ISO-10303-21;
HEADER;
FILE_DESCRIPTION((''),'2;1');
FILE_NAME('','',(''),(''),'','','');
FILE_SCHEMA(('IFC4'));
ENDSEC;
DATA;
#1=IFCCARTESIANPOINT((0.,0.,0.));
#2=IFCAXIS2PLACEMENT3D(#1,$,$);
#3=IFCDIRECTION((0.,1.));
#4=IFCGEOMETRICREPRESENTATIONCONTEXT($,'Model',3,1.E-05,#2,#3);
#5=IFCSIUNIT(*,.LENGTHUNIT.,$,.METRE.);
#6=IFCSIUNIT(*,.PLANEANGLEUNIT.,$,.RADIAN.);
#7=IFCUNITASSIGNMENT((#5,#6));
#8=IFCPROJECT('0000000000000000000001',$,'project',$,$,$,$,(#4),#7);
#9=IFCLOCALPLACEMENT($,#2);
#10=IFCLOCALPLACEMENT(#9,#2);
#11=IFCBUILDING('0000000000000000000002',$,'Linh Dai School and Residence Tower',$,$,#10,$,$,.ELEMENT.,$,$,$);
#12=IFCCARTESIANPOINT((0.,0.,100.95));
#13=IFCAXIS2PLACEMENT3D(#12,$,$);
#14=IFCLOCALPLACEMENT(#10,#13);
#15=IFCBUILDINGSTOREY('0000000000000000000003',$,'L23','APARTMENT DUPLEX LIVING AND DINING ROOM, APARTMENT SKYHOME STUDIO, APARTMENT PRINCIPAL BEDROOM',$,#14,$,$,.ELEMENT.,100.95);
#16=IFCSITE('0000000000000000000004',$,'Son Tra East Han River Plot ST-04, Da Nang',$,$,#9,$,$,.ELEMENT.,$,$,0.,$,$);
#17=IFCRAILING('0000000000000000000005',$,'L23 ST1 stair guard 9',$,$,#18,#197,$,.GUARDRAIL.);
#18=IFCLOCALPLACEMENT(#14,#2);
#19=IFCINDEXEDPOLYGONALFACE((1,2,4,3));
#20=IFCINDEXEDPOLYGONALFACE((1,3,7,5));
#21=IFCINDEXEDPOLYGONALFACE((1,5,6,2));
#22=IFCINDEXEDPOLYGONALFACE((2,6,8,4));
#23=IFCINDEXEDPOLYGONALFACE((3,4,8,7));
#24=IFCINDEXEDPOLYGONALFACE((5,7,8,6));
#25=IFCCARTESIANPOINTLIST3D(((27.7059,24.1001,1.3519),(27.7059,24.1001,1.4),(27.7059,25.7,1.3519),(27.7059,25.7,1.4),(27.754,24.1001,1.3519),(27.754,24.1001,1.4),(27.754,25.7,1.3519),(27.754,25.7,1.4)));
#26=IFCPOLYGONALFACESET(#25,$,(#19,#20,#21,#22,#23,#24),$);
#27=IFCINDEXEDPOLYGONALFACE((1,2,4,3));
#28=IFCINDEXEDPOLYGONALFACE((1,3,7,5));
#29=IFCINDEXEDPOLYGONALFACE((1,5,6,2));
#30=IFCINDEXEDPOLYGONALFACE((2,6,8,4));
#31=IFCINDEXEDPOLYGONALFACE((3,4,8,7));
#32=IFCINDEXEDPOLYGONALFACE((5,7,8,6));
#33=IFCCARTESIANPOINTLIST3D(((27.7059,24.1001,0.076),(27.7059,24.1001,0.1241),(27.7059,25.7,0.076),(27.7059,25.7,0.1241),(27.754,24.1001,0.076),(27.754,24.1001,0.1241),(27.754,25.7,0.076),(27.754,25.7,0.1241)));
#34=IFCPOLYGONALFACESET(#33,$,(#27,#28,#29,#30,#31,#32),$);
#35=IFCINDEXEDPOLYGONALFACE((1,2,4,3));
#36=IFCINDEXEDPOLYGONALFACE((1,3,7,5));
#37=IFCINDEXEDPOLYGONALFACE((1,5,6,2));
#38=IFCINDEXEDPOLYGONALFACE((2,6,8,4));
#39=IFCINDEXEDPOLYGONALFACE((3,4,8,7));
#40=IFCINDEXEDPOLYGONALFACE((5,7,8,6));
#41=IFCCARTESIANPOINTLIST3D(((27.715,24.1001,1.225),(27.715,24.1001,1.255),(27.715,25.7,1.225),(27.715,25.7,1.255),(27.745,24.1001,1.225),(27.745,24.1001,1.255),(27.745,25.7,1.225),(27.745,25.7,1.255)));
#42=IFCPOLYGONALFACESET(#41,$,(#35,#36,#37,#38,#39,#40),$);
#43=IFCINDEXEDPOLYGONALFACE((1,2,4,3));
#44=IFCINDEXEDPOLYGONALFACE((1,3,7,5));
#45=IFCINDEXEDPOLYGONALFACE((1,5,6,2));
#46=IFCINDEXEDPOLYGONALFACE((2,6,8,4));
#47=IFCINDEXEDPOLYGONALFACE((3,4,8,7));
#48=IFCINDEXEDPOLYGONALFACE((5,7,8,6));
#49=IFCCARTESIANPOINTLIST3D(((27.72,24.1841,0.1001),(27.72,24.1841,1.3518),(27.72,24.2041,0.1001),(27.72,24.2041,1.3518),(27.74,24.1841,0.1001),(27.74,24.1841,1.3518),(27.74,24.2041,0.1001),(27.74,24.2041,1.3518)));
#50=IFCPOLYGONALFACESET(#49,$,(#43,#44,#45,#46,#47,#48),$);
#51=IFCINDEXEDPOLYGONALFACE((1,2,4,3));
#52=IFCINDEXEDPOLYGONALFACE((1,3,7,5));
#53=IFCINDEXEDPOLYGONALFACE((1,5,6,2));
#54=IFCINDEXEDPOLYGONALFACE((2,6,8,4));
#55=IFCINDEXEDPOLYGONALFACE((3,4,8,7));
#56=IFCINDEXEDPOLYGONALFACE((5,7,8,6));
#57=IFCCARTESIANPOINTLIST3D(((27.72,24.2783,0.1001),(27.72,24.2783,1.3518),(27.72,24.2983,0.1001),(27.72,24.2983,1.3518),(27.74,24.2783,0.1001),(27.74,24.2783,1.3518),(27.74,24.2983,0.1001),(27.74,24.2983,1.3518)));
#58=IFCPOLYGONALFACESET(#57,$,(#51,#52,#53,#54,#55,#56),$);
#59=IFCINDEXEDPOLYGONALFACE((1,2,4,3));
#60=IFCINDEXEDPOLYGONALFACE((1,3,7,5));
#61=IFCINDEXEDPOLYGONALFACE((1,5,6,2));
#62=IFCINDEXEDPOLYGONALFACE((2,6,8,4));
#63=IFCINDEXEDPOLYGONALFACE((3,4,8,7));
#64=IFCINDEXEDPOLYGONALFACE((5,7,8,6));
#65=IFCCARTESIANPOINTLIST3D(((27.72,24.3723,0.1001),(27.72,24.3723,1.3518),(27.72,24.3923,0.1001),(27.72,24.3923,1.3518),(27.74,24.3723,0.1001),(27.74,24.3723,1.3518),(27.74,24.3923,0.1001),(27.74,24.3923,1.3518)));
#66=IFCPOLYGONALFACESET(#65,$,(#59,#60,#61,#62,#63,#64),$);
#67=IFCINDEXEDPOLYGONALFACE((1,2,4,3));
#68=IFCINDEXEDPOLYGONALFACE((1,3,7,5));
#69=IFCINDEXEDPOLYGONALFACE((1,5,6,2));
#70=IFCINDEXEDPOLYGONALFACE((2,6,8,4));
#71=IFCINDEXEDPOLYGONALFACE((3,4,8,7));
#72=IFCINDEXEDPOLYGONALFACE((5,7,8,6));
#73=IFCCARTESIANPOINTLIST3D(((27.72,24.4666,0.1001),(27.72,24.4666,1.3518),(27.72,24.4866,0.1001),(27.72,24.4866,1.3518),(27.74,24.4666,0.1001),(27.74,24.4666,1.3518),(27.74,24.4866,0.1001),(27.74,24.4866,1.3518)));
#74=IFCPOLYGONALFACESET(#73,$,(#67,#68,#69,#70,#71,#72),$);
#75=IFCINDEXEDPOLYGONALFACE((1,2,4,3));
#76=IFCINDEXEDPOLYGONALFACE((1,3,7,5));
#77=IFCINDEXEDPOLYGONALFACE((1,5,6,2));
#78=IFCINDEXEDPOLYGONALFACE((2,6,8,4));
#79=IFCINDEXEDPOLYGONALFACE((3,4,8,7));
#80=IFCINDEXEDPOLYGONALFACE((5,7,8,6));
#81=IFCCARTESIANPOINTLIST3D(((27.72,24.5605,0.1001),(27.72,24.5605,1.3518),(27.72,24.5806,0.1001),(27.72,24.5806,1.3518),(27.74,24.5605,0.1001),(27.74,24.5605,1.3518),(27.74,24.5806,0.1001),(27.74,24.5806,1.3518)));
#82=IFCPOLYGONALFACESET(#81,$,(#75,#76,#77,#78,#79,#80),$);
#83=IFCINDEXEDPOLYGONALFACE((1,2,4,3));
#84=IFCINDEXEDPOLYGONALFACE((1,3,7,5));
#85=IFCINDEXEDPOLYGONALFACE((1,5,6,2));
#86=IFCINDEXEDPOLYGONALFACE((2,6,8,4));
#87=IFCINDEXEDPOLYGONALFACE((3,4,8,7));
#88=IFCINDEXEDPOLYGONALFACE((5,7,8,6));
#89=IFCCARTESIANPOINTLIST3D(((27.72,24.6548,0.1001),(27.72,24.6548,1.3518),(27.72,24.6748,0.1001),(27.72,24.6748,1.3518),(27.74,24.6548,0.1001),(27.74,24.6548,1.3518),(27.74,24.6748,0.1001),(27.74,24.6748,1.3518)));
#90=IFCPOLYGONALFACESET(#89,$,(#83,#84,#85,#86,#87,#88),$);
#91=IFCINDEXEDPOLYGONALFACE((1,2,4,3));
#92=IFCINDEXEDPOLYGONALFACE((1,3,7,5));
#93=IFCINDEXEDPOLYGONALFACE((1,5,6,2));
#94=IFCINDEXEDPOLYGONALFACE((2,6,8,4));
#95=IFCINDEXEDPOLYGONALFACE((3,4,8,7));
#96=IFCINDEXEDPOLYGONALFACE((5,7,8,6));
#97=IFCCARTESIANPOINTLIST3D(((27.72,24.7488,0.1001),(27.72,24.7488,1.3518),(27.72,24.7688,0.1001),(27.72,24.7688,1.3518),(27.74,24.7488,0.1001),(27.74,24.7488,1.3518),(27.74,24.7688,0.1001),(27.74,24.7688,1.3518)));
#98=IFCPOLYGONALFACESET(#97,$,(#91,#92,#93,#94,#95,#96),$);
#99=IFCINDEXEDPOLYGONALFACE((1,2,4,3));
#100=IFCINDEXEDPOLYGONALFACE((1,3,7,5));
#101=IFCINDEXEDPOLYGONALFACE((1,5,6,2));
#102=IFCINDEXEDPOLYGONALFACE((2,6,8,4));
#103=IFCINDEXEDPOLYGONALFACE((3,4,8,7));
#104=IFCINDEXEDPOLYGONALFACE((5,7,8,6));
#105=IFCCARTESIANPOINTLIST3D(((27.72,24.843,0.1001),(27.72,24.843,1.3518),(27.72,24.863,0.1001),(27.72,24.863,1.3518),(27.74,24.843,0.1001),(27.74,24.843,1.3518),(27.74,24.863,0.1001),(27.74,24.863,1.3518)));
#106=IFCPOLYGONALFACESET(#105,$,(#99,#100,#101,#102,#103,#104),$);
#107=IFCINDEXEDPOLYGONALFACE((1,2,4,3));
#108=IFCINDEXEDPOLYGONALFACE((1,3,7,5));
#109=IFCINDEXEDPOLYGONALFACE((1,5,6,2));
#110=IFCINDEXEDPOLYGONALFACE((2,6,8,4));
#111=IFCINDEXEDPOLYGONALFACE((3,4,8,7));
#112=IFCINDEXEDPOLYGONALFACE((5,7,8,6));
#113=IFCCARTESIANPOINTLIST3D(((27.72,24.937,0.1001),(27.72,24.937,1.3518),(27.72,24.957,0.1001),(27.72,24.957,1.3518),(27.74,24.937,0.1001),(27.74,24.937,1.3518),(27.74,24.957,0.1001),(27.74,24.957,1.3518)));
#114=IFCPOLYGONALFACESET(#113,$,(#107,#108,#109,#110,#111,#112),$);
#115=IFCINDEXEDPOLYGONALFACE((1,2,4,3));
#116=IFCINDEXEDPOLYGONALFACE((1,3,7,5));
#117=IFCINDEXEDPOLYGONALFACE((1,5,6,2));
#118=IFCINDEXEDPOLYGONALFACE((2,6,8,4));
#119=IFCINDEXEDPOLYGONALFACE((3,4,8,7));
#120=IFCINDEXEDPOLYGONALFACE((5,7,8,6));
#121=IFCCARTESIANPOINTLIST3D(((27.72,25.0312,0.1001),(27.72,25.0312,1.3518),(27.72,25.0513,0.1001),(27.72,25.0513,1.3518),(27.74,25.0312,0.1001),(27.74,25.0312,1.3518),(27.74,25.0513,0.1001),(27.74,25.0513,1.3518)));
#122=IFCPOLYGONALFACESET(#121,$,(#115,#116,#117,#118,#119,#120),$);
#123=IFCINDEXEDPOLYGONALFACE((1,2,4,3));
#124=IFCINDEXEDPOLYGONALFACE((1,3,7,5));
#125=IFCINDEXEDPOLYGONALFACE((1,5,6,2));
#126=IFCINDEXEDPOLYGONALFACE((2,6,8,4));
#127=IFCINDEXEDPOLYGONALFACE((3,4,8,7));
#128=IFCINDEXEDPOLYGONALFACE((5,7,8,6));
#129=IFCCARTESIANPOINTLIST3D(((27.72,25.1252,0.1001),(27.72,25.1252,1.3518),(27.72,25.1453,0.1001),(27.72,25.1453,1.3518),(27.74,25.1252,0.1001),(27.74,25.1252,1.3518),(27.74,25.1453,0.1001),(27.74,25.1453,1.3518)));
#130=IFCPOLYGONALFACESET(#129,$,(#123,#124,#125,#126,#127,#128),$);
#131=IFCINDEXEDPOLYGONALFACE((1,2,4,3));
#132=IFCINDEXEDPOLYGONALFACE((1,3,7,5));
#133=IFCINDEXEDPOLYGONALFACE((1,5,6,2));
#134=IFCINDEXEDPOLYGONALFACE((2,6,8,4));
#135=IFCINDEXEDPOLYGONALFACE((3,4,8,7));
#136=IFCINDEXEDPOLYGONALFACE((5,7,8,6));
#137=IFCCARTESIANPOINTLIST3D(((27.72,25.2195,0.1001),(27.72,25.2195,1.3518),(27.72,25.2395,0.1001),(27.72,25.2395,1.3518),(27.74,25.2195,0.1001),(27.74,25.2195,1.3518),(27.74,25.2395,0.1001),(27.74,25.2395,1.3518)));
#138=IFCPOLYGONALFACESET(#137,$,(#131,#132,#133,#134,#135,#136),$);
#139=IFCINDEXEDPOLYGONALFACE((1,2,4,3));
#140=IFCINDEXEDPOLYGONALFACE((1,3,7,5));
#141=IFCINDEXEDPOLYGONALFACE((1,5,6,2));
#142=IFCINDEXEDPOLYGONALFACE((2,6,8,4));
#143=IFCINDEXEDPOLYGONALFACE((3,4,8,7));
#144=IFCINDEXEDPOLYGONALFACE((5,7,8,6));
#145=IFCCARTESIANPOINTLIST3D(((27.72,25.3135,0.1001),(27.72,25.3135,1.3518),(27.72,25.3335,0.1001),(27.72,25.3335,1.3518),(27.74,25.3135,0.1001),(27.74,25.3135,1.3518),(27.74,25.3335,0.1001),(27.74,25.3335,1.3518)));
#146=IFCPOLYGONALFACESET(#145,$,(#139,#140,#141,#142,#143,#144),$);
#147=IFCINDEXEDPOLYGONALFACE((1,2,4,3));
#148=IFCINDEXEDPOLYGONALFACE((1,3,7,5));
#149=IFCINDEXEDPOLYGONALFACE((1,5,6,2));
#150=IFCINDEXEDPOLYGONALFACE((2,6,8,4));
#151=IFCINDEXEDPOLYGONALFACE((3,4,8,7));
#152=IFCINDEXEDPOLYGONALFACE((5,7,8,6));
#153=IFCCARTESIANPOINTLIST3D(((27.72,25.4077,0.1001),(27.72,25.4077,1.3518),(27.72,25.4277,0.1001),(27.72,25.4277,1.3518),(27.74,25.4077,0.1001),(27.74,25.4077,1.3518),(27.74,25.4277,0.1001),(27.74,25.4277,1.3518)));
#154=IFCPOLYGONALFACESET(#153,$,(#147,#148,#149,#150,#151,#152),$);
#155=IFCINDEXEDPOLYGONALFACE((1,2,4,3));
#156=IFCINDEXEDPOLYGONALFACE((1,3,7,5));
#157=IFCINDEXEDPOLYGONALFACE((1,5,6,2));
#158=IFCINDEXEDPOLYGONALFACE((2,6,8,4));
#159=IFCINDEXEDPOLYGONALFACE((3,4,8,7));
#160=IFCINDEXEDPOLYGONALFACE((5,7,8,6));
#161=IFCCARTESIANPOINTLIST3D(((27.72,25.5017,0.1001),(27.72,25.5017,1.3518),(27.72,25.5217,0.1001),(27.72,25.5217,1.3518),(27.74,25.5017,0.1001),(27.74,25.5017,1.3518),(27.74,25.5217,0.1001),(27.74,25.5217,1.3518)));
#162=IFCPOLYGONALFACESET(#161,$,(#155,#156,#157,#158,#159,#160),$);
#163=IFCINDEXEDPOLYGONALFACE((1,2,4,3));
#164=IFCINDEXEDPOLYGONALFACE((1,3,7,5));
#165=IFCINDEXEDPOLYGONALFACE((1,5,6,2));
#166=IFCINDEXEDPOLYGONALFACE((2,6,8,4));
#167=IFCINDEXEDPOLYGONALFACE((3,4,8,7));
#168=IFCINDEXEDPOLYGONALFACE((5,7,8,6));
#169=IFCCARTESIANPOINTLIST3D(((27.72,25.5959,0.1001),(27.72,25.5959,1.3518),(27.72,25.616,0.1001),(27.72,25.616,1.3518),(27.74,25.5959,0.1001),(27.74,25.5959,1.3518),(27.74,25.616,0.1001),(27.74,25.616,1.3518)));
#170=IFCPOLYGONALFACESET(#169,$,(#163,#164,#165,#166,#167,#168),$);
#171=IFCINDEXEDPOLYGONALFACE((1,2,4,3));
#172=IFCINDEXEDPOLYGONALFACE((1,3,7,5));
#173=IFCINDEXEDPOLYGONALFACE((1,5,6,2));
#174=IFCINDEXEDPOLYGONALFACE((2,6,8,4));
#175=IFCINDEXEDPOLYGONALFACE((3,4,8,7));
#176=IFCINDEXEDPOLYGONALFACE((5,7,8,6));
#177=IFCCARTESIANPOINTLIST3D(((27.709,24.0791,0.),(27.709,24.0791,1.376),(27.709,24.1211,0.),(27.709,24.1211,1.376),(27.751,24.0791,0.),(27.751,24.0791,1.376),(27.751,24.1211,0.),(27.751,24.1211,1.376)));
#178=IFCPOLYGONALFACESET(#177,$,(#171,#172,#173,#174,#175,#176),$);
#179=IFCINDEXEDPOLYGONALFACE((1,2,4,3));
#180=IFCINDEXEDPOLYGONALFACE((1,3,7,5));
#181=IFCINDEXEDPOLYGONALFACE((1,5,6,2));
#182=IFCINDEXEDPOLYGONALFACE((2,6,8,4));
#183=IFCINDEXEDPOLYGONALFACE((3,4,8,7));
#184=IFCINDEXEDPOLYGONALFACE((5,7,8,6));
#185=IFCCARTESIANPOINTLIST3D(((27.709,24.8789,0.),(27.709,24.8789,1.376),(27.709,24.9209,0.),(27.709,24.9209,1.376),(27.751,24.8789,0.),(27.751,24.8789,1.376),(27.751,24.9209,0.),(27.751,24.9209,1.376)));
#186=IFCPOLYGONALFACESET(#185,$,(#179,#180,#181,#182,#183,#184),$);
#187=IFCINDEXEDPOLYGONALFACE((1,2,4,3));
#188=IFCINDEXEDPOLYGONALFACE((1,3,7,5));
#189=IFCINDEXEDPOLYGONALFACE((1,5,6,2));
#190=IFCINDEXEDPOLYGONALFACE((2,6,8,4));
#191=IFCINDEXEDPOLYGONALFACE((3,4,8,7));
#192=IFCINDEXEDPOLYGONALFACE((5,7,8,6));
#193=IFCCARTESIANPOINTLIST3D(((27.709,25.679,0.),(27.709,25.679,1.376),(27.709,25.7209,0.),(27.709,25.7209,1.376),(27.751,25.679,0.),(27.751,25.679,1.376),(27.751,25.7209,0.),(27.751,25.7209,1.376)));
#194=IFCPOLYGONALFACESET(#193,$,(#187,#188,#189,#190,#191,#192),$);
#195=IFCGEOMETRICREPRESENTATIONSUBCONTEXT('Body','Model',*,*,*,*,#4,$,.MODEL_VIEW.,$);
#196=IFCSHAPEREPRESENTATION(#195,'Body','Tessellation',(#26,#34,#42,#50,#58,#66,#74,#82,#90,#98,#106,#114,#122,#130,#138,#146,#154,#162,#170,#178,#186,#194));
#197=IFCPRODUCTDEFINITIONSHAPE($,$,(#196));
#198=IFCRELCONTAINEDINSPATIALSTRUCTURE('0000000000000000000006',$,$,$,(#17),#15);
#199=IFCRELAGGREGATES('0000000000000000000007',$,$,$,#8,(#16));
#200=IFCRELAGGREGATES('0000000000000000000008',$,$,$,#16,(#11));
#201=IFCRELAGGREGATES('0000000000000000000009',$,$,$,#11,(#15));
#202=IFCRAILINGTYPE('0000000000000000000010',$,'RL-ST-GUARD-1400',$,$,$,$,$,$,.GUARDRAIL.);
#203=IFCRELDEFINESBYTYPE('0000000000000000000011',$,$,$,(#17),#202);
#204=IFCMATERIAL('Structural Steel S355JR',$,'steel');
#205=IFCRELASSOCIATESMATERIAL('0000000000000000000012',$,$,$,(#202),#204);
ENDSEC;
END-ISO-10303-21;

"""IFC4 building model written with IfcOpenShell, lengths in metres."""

from ifc_helpers import new_model, si_unit, direction, frame, origin, origin_2d, place, context, subcontext, project, spatial, rectangle, extrude, source, transform, mapped, material, type_object, element, save


model = new_model("IFC4")

# Units and contexts
model_context = context("Model", 3, precision=1e-05, world=origin(), true_north=direction((0.0, 1.0)))
body_context = subcontext(model_context, "Body", "Model", "MODEL_VIEW")
ifc_project = project(units=[si_unit("LENGTHUNIT", "METRE"), si_unit("PLANEANGLEUNIT", "RADIAN")], contexts=[model_context])

# Site, building, storey
site_placement = place(None, origin())
site = spatial("IfcSite", under=ifc_project, at=site_placement, Name="Son Tra East Han River Plot ST-04, Da Nang", CompositionType="ELEMENT", RefElevation=0.0)
building_placement = place(site_placement, origin())
building = spatial("IfcBuilding", under=site, at=building_placement, Name="Linh Dai School and Residence Tower", CompositionType="ELEMENT")
storey_placement = place(building_placement, frame((0.0, 0.0, 100.95)))
storey = spatial("IfcBuildingStorey", under=building, at=storey_placement, Name="L23", Description="APARTMENT DUPLEX LIVING AND DINING ROOM, APARTMENT SKYHOME STUDIO, APARTMENT PRINCIPAL BEDROOM", CompositionType="ELEMENT", Elevation=100.95)

# Shared definitions
ifc_material_1 = material(Name="Structural Steel S355JR", Category="steel")

# Railing
railing_type = type_object("IfcRailingType", Name="RL-ST-GUARD-1400", PredefinedType="GUARDRAIL", material=ifc_material_1)
shared_shape_1 = source(origin(), body_context, "Body", "SweptSolid", [
    extrude(rectangle(XDim=0.0481, YDim=0.0481, at=origin_2d()), frame((0.0, 0.0, 1.376), z_axis=(0.0, 1.0, 0.0), x_axis=(-1.0, 0.0, 0.0)), (0.0, 0.0, 1.0), 1.5999),
    extrude(rectangle(XDim=0.0481, YDim=0.0481, at=origin_2d()), frame((0.0, 0.0, 0.1001), z_axis=(0.0, 1.0, 0.0), x_axis=(-1.0, 0.0, 0.0)), (0.0, 0.0, 1.0), 1.5999),
    extrude(rectangle(XDim=0.03, YDim=0.03, at=origin_2d()), frame((0.0, 0.0, 1.24), z_axis=(0.0, 1.0, 0.0), x_axis=(-1.0, 0.0, 0.0)), (0.0, 0.0, 1.0), 1.5999),
    extrude(rectangle(XDim=0.02, YDim=0.02, at=origin_2d()), frame((0.0, 0.094, 0.1001)), (0.0, 0.0, 1.0), 1.2517),
    extrude(rectangle(XDim=0.02, YDim=0.02, at=origin_2d()), frame((0.0, 0.1882, 0.1001)), (0.0, 0.0, 1.0), 1.2517),
    extrude(rectangle(XDim=0.02, YDim=0.02, at=origin_2d()), frame((0.0, 0.2822, 0.1001)), (0.0, 0.0, 1.0), 1.2517),
    extrude(rectangle(XDim=0.02, YDim=0.02, at=origin_2d()), frame((0.0, 0.3765, 0.1001)), (0.0, 0.0, 1.0), 1.2517),
    extrude(rectangle(XDim=0.02, YDim=0.02, at=origin_2d()), frame((0.0, 0.4705, 0.1001)), (0.0, 0.0, 1.0), 1.2517),
    extrude(rectangle(XDim=0.02, YDim=0.02, at=origin_2d()), frame((0.0, 0.5647, 0.1001)), (0.0, 0.0, 1.0), 1.2517),
    extrude(rectangle(XDim=0.02, YDim=0.02, at=origin_2d()), frame((0.0, 0.6587, 0.1001)), (0.0, 0.0, 1.0), 1.2517),
    extrude(rectangle(XDim=0.02, YDim=0.02, at=origin_2d()), frame((0.0, 0.7529, 0.1001)), (0.0, 0.0, 1.0), 1.2517),
    extrude(rectangle(XDim=0.02, YDim=0.02, at=origin_2d()), frame((0.0, 0.8469, 0.1001)), (0.0, 0.0, 1.0), 1.2517),
    extrude(rectangle(XDim=0.02, YDim=0.02, at=origin_2d()), frame((0.0, 0.9412, 0.1001)), (0.0, 0.0, 1.0), 1.2517),
    extrude(rectangle(XDim=0.02, YDim=0.02, at=origin_2d()), frame((0.0, 1.0352, 0.1001)), (0.0, 0.0, 1.0), 1.2517),
    extrude(rectangle(XDim=0.02, YDim=0.02, at=origin_2d()), frame((0.0, 1.1294, 0.1001)), (0.0, 0.0, 1.0), 1.2517),
    extrude(rectangle(XDim=0.02, YDim=0.02, at=origin_2d()), frame((0.0, 1.2234, 0.1001)), (0.0, 0.0, 1.0), 1.2517),
    extrude(rectangle(XDim=0.02, YDim=0.02, at=origin_2d()), frame((0.0, 1.3176, 0.1001)), (0.0, 0.0, 1.0), 1.2517),
    extrude(rectangle(XDim=0.02, YDim=0.02, at=origin_2d()), frame((0.0, 1.4116, 0.1001)), (0.0, 0.0, 1.0), 1.2517),
    extrude(rectangle(XDim=0.02, YDim=0.02, at=origin_2d()), frame((0.0, 1.5059, 0.1001)), (0.0, 0.0, 1.0), 1.2517),
    extrude(rectangle(XDim=0.042, YDim=0.042, at=origin_2d()), origin(), (0.0, 0.0, 1.0), 1.376),
    extrude(rectangle(XDim=0.042, YDim=0.042, at=origin_2d()), frame((0.0, 0.7998, 0.0)), (0.0, 0.0, 1.0), 1.376),
    extrude(rectangle(XDim=0.042, YDim=0.042, at=origin_2d()), frame((0.0, 1.5999, 0.0)), (0.0, 0.0, 1.0), 1.376),
])
for number, where, name in (
    (1, (27.73, 24.1001, 0.0), "L23 ST1 stair guard 9"),
):
    element("IfcRailing", number, at=place(storey_placement, frame(where)), inside=storey, type_object=railing_type, Name=name, PredefinedType="GUARDRAIL", context=body_context, shape_type="MappedRepresentation", body=[
        mapped(shared_shape_1, transform((0.0, 0.0, 0.0), x_axis=(1.0, 0.0, 0.0), y_axis=(0.0, 1.0, 0.0), z_axis=(0.0, 0.0, 1.0), scale=1.0)),
    ])

save(model, "model.ifc")
